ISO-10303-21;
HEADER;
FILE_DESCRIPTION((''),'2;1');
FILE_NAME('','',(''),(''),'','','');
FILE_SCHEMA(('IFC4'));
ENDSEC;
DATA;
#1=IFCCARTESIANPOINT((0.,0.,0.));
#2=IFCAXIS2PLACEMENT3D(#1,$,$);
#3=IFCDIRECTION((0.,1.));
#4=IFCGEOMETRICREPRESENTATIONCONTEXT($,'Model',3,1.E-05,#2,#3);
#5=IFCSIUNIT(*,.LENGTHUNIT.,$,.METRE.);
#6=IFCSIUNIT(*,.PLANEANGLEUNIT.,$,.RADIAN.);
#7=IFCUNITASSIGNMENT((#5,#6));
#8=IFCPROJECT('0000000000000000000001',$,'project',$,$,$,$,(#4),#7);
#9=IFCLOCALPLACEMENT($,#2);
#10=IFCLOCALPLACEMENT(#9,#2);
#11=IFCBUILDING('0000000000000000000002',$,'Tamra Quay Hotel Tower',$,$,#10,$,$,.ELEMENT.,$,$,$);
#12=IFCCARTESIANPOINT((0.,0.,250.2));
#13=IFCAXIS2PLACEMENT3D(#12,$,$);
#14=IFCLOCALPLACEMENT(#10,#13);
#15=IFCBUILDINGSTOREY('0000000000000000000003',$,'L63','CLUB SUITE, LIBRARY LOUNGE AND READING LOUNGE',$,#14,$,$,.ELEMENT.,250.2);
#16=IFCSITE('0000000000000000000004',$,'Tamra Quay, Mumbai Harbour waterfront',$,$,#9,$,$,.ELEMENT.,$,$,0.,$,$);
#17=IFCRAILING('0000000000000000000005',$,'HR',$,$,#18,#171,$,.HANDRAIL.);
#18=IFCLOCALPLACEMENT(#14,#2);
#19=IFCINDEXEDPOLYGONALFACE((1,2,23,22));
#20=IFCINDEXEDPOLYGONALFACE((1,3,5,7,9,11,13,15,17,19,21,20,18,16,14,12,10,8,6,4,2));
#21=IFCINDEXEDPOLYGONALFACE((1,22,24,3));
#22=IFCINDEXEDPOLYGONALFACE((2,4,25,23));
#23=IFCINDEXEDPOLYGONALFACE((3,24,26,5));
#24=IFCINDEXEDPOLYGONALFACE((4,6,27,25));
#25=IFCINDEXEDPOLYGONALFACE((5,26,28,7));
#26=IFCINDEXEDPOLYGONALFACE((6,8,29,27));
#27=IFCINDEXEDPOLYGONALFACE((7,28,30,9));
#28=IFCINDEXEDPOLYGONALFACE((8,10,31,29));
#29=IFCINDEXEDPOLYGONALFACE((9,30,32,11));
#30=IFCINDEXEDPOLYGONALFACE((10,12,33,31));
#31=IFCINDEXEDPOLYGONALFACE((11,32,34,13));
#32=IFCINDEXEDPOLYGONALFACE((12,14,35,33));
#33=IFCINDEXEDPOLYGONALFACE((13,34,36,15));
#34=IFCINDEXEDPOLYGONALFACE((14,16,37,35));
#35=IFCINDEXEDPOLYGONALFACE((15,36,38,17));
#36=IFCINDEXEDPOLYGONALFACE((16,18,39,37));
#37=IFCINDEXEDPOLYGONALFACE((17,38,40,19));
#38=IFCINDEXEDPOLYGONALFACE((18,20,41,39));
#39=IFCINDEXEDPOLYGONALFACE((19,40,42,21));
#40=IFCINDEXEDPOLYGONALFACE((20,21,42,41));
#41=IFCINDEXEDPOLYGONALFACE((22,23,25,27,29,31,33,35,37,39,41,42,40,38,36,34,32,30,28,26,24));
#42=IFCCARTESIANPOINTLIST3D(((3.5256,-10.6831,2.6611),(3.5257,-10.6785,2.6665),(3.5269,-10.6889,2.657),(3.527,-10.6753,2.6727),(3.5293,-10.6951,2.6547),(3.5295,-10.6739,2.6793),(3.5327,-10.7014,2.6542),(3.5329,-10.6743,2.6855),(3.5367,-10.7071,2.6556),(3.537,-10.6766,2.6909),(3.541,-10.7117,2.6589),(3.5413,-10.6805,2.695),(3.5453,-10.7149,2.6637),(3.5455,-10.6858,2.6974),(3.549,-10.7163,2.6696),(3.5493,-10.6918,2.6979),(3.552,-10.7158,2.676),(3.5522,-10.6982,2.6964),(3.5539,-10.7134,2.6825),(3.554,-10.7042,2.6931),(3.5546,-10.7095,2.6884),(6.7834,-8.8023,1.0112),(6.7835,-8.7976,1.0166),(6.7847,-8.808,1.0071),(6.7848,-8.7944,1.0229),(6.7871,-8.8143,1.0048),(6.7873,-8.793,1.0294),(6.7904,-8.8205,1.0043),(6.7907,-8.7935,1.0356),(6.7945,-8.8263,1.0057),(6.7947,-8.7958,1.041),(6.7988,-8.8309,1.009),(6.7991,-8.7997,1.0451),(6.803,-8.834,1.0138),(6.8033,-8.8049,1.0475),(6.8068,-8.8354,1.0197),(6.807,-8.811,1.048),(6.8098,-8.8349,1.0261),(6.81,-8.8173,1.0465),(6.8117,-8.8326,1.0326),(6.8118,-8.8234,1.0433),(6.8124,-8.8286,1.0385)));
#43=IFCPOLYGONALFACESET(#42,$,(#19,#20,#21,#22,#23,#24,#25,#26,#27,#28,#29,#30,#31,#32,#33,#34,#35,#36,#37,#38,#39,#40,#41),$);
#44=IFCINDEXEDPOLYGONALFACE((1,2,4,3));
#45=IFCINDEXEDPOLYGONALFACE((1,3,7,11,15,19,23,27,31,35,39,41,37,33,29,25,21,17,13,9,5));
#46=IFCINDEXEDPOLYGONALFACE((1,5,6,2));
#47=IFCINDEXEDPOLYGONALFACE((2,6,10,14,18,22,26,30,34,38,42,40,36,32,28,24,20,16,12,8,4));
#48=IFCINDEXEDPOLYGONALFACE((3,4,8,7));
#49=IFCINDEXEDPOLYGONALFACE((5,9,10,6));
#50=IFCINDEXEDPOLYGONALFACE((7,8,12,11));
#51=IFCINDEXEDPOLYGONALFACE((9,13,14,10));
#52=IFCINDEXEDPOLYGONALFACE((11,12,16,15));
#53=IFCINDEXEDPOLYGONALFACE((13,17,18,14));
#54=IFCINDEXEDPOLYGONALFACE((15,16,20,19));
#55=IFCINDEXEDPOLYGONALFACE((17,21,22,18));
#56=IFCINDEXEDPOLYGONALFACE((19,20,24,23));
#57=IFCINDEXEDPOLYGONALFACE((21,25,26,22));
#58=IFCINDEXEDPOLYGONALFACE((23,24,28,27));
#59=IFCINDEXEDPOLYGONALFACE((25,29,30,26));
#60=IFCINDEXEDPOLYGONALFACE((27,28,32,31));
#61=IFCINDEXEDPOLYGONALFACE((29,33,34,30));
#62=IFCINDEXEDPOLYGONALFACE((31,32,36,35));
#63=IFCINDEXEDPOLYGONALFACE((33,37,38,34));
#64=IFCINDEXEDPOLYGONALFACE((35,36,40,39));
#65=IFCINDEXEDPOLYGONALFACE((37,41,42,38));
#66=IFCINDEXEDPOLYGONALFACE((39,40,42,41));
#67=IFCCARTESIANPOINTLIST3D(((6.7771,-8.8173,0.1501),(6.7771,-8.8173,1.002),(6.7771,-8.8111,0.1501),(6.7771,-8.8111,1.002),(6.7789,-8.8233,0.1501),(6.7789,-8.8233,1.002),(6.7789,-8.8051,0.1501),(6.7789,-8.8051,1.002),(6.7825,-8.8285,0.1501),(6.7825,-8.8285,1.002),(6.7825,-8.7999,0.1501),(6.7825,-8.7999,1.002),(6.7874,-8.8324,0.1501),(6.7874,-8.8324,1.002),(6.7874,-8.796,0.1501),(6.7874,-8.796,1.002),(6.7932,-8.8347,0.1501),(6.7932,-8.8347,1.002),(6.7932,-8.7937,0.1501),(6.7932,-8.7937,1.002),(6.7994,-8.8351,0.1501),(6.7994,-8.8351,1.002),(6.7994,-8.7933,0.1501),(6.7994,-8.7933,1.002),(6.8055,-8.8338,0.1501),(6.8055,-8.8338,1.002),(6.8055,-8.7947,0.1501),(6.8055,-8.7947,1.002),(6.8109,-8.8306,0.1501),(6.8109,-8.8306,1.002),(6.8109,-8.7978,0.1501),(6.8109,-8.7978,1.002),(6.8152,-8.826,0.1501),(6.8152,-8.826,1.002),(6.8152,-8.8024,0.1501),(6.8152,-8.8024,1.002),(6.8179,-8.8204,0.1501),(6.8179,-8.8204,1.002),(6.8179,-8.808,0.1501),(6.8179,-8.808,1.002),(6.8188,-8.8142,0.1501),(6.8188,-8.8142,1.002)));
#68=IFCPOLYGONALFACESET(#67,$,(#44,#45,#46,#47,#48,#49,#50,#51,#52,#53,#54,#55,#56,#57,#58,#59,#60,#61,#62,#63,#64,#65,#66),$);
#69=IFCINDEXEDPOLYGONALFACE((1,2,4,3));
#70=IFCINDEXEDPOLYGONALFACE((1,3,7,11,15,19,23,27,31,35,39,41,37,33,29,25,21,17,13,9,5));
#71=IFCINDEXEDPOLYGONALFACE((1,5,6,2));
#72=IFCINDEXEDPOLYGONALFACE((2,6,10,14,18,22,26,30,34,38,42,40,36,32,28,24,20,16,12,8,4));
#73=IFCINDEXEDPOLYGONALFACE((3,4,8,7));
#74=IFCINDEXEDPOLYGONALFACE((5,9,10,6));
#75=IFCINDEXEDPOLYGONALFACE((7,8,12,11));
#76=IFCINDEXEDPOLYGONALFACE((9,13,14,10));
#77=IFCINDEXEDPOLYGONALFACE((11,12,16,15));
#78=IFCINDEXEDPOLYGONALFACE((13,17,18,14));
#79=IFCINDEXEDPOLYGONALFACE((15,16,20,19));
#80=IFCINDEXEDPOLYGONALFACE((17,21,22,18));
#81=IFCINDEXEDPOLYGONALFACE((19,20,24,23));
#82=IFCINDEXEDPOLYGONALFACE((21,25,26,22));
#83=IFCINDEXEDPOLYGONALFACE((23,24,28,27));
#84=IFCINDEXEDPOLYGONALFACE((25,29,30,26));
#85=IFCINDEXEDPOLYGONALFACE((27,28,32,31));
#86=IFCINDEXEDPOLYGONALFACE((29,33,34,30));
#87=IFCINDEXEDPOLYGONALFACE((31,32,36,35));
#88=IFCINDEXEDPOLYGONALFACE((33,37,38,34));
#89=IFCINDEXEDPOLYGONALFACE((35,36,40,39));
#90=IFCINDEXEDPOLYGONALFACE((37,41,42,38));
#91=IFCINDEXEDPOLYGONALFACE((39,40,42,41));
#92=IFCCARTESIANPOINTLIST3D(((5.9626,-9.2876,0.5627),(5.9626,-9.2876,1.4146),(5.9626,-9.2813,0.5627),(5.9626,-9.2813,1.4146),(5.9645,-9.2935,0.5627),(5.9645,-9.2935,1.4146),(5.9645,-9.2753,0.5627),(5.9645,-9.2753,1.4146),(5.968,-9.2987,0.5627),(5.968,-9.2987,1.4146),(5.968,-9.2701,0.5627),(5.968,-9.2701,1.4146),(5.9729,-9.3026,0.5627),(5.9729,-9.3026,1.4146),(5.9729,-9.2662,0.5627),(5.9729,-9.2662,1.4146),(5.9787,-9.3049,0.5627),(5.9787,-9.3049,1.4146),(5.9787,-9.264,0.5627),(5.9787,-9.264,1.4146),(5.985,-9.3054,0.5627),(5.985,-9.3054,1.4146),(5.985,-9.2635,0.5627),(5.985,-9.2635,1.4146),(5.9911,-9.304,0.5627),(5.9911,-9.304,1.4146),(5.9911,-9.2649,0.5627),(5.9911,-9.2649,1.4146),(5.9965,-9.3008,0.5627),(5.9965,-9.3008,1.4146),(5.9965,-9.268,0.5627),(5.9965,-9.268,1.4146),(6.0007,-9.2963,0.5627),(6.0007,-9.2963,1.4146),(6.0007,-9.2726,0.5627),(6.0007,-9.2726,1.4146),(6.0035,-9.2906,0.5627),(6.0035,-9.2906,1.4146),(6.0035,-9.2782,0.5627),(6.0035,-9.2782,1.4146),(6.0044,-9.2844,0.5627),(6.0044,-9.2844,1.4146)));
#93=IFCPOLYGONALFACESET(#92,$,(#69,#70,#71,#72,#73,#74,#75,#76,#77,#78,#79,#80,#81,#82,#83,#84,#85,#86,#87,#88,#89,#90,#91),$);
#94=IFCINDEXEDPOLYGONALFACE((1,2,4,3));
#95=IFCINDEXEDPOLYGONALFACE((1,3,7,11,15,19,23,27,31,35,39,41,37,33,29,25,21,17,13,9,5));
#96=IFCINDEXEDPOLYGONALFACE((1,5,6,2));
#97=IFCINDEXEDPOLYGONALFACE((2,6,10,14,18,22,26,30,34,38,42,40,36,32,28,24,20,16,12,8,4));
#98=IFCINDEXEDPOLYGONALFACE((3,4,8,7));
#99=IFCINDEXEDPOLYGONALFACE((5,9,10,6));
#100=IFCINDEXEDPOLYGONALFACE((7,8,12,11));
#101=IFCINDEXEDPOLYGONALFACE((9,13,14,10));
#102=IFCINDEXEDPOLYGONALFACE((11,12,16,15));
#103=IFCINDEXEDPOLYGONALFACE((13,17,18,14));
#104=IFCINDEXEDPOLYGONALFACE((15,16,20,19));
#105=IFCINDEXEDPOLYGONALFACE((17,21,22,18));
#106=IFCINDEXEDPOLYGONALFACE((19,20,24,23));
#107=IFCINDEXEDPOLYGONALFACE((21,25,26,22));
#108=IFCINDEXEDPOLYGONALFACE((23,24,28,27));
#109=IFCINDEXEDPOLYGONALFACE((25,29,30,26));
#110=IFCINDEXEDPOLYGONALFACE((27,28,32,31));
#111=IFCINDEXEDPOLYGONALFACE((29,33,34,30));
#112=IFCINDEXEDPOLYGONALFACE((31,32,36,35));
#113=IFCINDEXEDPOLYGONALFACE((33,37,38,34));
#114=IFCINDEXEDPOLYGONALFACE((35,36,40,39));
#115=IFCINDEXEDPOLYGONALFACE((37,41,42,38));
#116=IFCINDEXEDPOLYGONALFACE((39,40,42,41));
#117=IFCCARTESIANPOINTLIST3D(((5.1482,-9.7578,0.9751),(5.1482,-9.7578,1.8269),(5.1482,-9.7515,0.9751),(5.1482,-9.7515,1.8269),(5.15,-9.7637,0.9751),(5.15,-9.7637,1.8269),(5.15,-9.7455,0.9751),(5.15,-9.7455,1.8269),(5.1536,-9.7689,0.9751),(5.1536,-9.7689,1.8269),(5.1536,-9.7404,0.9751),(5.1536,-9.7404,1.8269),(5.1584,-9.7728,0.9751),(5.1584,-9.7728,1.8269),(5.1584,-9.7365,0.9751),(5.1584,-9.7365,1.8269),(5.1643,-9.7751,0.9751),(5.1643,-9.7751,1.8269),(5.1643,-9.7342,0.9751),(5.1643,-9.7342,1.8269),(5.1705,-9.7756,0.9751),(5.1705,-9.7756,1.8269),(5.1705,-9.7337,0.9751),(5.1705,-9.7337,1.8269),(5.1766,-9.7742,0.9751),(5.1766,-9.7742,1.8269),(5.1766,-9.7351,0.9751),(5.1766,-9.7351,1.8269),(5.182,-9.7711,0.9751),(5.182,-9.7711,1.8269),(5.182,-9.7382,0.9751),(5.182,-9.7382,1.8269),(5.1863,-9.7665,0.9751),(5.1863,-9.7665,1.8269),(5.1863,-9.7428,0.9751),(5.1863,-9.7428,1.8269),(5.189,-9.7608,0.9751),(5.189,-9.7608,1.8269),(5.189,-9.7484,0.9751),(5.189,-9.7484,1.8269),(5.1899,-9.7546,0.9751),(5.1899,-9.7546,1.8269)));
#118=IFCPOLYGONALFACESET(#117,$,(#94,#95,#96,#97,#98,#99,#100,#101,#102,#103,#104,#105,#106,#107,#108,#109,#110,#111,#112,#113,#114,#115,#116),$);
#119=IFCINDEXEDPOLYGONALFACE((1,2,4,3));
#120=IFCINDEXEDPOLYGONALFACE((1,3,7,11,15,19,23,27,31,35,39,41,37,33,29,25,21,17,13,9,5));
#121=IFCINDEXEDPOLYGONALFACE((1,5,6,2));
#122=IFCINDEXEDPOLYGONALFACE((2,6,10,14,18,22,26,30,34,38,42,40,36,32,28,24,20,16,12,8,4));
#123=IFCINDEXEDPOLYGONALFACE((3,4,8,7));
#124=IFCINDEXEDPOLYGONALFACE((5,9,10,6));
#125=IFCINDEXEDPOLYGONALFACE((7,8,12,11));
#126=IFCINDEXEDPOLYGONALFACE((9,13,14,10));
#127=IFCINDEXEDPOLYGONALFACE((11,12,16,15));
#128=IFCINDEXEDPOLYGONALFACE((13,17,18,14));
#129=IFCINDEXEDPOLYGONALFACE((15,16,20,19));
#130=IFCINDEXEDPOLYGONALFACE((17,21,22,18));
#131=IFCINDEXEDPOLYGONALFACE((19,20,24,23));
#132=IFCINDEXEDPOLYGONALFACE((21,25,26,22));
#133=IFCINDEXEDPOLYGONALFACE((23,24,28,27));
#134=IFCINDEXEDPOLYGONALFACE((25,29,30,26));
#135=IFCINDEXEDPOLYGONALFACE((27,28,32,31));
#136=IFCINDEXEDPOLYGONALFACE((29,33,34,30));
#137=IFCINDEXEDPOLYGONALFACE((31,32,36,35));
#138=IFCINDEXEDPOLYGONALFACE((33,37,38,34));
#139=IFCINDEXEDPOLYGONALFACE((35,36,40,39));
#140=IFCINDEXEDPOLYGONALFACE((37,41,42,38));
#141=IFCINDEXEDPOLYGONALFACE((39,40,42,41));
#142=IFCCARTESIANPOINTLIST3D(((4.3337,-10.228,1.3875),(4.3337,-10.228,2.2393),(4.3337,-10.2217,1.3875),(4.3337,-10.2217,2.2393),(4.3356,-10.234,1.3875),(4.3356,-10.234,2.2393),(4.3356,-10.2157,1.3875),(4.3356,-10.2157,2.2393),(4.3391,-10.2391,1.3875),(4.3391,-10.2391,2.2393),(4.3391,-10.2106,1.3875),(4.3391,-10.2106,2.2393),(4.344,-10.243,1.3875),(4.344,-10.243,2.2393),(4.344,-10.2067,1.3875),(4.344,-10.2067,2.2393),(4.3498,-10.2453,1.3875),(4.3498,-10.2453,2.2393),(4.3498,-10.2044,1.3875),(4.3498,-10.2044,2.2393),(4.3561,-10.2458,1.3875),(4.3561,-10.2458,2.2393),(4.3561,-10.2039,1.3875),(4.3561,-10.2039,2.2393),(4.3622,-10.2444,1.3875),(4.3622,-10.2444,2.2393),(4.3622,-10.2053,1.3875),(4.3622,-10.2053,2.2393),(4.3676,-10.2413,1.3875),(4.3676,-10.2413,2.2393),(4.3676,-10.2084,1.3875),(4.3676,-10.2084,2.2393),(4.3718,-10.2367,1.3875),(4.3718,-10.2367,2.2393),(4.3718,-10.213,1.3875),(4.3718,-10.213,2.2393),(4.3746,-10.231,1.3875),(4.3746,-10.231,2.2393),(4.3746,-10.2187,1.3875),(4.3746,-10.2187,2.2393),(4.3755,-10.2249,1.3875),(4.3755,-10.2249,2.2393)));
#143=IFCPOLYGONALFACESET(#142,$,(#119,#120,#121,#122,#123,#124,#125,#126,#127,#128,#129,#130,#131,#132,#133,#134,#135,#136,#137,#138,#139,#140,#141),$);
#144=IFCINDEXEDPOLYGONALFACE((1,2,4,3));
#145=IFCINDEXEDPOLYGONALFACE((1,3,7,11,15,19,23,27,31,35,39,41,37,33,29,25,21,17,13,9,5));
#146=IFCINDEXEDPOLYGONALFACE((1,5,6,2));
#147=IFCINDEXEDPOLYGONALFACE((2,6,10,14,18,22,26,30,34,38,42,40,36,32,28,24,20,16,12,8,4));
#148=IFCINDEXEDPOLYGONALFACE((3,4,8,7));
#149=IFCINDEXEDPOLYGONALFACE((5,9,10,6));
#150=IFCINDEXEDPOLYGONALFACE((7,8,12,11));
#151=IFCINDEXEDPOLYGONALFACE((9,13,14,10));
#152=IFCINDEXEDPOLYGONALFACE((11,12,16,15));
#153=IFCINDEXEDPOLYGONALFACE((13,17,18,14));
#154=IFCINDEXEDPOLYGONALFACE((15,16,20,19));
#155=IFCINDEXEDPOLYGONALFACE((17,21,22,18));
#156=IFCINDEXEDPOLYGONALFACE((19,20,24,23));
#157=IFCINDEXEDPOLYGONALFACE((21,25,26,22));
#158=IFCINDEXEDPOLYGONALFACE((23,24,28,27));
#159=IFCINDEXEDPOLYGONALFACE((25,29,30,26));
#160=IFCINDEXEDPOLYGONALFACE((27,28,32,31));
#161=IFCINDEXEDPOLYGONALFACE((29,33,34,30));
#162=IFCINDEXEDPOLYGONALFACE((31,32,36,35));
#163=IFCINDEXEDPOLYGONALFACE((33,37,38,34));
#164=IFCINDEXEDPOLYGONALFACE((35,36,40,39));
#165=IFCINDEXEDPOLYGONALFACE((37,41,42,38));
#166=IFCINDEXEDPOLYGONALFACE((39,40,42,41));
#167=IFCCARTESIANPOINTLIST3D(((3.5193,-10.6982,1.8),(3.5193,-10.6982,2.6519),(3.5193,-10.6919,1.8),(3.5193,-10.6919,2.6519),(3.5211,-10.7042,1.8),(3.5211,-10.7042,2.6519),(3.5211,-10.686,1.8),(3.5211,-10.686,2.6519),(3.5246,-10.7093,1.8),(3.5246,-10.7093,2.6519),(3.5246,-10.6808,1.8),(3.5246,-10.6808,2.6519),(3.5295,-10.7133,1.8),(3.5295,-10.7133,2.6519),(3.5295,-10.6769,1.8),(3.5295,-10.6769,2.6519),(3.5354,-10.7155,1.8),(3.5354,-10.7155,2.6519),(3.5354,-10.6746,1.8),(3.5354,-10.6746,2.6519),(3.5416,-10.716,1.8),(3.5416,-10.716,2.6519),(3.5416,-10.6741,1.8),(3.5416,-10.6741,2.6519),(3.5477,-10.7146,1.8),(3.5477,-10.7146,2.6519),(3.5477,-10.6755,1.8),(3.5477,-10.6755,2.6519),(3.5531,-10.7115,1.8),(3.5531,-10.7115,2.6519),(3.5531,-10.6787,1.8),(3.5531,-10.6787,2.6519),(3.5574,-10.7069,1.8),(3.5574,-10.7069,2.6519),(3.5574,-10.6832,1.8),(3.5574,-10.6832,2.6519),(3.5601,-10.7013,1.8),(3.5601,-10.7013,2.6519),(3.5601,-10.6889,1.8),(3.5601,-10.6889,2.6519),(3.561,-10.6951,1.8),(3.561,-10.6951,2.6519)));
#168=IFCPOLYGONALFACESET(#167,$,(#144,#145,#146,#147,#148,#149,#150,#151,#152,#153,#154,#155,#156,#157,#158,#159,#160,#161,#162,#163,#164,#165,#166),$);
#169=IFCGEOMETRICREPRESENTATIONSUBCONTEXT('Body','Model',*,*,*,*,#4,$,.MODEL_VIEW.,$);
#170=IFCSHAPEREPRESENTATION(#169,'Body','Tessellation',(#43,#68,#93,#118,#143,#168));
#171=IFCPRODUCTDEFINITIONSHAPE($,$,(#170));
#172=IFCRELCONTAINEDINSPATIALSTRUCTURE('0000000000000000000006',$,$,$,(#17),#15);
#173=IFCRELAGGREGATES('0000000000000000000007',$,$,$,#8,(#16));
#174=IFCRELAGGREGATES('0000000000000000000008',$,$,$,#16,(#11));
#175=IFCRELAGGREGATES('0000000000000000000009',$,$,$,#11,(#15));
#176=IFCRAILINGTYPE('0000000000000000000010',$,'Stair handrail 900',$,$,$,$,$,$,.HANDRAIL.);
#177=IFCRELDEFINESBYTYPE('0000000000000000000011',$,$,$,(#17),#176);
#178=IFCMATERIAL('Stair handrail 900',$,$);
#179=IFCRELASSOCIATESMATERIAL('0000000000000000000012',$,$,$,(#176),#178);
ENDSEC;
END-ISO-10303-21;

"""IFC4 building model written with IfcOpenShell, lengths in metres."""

from ifc_helpers import new_model, si_unit, direction, frame, origin, origin_2d, place, context, subcontext, project, spatial, circle, extrude, material, type_object, element, save


model = new_model("IFC4")

# Units and contexts
model_context = context("Model", 3, precision=1e-05, world=origin(), true_north=direction((0.0, 1.0)))
body_context = subcontext(model_context, "Body", "Model", "MODEL_VIEW")
ifc_project = project(units=[si_unit("LENGTHUNIT", "METRE"), si_unit("PLANEANGLEUNIT", "RADIAN")], contexts=[model_context])

# Site, building, storey
site_placement = place(None, origin())
site = spatial("IfcSite", under=ifc_project, at=site_placement, Name="Tamra Quay, Mumbai Harbour waterfront", CompositionType="ELEMENT", RefElevation=0.0)
building_placement = place(site_placement, origin())
building = spatial("IfcBuilding", under=site, at=building_placement, Name="Tamra Quay Hotel Tower", CompositionType="ELEMENT")
storey_placement = place(building_placement, frame((0.0, 0.0, 250.2)))
storey = spatial("IfcBuildingStorey", under=building, at=storey_placement, Name="L63", Description="CLUB SUITE, LIBRARY LOUNGE AND READING LOUNGE", CompositionType="ELEMENT", Elevation=250.2)

# Railing
ifc_material_1 = material(Name="Stair handrail 900")
railing_type_1 = type_object("IfcRailingType", Name="Stair handrail 900", PredefinedType="HANDRAIL", material=ifc_material_1)
railing_1_placement = place(storey_placement, frame((6.7979, -8.8142, 0.1501)))
element("IfcRailing", 1, at=railing_1_placement, inside=storey, type_object=railing_type_1, Name="HR", PredefinedType="HANDRAIL", context=body_context, shape_type="SweptSolid", body=[
    extrude(circle(Radius=0.0239, at=origin_2d()), frame((0.0, 0.0, 0.876), z_axis=(-0.7931, -0.457887, 0.401661), x_axis=(0.499992, -0.86603, 0.0)), (0.0, 0.0, 1.0), 4.1077),
    extrude(circle(Radius=0.021, at=origin_2d()), origin(), (0.0, 0.0, 1.0), 0.8518),
    extrude(circle(Radius=0.021, at=origin_2d()), frame((-0.8145, -0.4702, 0.4126)), (0.0, 0.0, 1.0), 0.8518),
    extrude(circle(Radius=0.021, at=origin_2d()), frame((-1.6289, -0.9404, 0.825)), (0.0, 0.0, 1.0), 0.8518),
    extrude(circle(Radius=0.021, at=origin_2d()), frame((-2.4434, -1.4106, 1.2373)), (0.0, 0.0, 1.0), 0.8518),
    extrude(circle(Radius=0.021, at=origin_2d()), frame((-3.2578, -1.8809, 1.6499)), (0.0, 0.0, 1.0), 0.8518),
])

save(model, "model.ifc")
